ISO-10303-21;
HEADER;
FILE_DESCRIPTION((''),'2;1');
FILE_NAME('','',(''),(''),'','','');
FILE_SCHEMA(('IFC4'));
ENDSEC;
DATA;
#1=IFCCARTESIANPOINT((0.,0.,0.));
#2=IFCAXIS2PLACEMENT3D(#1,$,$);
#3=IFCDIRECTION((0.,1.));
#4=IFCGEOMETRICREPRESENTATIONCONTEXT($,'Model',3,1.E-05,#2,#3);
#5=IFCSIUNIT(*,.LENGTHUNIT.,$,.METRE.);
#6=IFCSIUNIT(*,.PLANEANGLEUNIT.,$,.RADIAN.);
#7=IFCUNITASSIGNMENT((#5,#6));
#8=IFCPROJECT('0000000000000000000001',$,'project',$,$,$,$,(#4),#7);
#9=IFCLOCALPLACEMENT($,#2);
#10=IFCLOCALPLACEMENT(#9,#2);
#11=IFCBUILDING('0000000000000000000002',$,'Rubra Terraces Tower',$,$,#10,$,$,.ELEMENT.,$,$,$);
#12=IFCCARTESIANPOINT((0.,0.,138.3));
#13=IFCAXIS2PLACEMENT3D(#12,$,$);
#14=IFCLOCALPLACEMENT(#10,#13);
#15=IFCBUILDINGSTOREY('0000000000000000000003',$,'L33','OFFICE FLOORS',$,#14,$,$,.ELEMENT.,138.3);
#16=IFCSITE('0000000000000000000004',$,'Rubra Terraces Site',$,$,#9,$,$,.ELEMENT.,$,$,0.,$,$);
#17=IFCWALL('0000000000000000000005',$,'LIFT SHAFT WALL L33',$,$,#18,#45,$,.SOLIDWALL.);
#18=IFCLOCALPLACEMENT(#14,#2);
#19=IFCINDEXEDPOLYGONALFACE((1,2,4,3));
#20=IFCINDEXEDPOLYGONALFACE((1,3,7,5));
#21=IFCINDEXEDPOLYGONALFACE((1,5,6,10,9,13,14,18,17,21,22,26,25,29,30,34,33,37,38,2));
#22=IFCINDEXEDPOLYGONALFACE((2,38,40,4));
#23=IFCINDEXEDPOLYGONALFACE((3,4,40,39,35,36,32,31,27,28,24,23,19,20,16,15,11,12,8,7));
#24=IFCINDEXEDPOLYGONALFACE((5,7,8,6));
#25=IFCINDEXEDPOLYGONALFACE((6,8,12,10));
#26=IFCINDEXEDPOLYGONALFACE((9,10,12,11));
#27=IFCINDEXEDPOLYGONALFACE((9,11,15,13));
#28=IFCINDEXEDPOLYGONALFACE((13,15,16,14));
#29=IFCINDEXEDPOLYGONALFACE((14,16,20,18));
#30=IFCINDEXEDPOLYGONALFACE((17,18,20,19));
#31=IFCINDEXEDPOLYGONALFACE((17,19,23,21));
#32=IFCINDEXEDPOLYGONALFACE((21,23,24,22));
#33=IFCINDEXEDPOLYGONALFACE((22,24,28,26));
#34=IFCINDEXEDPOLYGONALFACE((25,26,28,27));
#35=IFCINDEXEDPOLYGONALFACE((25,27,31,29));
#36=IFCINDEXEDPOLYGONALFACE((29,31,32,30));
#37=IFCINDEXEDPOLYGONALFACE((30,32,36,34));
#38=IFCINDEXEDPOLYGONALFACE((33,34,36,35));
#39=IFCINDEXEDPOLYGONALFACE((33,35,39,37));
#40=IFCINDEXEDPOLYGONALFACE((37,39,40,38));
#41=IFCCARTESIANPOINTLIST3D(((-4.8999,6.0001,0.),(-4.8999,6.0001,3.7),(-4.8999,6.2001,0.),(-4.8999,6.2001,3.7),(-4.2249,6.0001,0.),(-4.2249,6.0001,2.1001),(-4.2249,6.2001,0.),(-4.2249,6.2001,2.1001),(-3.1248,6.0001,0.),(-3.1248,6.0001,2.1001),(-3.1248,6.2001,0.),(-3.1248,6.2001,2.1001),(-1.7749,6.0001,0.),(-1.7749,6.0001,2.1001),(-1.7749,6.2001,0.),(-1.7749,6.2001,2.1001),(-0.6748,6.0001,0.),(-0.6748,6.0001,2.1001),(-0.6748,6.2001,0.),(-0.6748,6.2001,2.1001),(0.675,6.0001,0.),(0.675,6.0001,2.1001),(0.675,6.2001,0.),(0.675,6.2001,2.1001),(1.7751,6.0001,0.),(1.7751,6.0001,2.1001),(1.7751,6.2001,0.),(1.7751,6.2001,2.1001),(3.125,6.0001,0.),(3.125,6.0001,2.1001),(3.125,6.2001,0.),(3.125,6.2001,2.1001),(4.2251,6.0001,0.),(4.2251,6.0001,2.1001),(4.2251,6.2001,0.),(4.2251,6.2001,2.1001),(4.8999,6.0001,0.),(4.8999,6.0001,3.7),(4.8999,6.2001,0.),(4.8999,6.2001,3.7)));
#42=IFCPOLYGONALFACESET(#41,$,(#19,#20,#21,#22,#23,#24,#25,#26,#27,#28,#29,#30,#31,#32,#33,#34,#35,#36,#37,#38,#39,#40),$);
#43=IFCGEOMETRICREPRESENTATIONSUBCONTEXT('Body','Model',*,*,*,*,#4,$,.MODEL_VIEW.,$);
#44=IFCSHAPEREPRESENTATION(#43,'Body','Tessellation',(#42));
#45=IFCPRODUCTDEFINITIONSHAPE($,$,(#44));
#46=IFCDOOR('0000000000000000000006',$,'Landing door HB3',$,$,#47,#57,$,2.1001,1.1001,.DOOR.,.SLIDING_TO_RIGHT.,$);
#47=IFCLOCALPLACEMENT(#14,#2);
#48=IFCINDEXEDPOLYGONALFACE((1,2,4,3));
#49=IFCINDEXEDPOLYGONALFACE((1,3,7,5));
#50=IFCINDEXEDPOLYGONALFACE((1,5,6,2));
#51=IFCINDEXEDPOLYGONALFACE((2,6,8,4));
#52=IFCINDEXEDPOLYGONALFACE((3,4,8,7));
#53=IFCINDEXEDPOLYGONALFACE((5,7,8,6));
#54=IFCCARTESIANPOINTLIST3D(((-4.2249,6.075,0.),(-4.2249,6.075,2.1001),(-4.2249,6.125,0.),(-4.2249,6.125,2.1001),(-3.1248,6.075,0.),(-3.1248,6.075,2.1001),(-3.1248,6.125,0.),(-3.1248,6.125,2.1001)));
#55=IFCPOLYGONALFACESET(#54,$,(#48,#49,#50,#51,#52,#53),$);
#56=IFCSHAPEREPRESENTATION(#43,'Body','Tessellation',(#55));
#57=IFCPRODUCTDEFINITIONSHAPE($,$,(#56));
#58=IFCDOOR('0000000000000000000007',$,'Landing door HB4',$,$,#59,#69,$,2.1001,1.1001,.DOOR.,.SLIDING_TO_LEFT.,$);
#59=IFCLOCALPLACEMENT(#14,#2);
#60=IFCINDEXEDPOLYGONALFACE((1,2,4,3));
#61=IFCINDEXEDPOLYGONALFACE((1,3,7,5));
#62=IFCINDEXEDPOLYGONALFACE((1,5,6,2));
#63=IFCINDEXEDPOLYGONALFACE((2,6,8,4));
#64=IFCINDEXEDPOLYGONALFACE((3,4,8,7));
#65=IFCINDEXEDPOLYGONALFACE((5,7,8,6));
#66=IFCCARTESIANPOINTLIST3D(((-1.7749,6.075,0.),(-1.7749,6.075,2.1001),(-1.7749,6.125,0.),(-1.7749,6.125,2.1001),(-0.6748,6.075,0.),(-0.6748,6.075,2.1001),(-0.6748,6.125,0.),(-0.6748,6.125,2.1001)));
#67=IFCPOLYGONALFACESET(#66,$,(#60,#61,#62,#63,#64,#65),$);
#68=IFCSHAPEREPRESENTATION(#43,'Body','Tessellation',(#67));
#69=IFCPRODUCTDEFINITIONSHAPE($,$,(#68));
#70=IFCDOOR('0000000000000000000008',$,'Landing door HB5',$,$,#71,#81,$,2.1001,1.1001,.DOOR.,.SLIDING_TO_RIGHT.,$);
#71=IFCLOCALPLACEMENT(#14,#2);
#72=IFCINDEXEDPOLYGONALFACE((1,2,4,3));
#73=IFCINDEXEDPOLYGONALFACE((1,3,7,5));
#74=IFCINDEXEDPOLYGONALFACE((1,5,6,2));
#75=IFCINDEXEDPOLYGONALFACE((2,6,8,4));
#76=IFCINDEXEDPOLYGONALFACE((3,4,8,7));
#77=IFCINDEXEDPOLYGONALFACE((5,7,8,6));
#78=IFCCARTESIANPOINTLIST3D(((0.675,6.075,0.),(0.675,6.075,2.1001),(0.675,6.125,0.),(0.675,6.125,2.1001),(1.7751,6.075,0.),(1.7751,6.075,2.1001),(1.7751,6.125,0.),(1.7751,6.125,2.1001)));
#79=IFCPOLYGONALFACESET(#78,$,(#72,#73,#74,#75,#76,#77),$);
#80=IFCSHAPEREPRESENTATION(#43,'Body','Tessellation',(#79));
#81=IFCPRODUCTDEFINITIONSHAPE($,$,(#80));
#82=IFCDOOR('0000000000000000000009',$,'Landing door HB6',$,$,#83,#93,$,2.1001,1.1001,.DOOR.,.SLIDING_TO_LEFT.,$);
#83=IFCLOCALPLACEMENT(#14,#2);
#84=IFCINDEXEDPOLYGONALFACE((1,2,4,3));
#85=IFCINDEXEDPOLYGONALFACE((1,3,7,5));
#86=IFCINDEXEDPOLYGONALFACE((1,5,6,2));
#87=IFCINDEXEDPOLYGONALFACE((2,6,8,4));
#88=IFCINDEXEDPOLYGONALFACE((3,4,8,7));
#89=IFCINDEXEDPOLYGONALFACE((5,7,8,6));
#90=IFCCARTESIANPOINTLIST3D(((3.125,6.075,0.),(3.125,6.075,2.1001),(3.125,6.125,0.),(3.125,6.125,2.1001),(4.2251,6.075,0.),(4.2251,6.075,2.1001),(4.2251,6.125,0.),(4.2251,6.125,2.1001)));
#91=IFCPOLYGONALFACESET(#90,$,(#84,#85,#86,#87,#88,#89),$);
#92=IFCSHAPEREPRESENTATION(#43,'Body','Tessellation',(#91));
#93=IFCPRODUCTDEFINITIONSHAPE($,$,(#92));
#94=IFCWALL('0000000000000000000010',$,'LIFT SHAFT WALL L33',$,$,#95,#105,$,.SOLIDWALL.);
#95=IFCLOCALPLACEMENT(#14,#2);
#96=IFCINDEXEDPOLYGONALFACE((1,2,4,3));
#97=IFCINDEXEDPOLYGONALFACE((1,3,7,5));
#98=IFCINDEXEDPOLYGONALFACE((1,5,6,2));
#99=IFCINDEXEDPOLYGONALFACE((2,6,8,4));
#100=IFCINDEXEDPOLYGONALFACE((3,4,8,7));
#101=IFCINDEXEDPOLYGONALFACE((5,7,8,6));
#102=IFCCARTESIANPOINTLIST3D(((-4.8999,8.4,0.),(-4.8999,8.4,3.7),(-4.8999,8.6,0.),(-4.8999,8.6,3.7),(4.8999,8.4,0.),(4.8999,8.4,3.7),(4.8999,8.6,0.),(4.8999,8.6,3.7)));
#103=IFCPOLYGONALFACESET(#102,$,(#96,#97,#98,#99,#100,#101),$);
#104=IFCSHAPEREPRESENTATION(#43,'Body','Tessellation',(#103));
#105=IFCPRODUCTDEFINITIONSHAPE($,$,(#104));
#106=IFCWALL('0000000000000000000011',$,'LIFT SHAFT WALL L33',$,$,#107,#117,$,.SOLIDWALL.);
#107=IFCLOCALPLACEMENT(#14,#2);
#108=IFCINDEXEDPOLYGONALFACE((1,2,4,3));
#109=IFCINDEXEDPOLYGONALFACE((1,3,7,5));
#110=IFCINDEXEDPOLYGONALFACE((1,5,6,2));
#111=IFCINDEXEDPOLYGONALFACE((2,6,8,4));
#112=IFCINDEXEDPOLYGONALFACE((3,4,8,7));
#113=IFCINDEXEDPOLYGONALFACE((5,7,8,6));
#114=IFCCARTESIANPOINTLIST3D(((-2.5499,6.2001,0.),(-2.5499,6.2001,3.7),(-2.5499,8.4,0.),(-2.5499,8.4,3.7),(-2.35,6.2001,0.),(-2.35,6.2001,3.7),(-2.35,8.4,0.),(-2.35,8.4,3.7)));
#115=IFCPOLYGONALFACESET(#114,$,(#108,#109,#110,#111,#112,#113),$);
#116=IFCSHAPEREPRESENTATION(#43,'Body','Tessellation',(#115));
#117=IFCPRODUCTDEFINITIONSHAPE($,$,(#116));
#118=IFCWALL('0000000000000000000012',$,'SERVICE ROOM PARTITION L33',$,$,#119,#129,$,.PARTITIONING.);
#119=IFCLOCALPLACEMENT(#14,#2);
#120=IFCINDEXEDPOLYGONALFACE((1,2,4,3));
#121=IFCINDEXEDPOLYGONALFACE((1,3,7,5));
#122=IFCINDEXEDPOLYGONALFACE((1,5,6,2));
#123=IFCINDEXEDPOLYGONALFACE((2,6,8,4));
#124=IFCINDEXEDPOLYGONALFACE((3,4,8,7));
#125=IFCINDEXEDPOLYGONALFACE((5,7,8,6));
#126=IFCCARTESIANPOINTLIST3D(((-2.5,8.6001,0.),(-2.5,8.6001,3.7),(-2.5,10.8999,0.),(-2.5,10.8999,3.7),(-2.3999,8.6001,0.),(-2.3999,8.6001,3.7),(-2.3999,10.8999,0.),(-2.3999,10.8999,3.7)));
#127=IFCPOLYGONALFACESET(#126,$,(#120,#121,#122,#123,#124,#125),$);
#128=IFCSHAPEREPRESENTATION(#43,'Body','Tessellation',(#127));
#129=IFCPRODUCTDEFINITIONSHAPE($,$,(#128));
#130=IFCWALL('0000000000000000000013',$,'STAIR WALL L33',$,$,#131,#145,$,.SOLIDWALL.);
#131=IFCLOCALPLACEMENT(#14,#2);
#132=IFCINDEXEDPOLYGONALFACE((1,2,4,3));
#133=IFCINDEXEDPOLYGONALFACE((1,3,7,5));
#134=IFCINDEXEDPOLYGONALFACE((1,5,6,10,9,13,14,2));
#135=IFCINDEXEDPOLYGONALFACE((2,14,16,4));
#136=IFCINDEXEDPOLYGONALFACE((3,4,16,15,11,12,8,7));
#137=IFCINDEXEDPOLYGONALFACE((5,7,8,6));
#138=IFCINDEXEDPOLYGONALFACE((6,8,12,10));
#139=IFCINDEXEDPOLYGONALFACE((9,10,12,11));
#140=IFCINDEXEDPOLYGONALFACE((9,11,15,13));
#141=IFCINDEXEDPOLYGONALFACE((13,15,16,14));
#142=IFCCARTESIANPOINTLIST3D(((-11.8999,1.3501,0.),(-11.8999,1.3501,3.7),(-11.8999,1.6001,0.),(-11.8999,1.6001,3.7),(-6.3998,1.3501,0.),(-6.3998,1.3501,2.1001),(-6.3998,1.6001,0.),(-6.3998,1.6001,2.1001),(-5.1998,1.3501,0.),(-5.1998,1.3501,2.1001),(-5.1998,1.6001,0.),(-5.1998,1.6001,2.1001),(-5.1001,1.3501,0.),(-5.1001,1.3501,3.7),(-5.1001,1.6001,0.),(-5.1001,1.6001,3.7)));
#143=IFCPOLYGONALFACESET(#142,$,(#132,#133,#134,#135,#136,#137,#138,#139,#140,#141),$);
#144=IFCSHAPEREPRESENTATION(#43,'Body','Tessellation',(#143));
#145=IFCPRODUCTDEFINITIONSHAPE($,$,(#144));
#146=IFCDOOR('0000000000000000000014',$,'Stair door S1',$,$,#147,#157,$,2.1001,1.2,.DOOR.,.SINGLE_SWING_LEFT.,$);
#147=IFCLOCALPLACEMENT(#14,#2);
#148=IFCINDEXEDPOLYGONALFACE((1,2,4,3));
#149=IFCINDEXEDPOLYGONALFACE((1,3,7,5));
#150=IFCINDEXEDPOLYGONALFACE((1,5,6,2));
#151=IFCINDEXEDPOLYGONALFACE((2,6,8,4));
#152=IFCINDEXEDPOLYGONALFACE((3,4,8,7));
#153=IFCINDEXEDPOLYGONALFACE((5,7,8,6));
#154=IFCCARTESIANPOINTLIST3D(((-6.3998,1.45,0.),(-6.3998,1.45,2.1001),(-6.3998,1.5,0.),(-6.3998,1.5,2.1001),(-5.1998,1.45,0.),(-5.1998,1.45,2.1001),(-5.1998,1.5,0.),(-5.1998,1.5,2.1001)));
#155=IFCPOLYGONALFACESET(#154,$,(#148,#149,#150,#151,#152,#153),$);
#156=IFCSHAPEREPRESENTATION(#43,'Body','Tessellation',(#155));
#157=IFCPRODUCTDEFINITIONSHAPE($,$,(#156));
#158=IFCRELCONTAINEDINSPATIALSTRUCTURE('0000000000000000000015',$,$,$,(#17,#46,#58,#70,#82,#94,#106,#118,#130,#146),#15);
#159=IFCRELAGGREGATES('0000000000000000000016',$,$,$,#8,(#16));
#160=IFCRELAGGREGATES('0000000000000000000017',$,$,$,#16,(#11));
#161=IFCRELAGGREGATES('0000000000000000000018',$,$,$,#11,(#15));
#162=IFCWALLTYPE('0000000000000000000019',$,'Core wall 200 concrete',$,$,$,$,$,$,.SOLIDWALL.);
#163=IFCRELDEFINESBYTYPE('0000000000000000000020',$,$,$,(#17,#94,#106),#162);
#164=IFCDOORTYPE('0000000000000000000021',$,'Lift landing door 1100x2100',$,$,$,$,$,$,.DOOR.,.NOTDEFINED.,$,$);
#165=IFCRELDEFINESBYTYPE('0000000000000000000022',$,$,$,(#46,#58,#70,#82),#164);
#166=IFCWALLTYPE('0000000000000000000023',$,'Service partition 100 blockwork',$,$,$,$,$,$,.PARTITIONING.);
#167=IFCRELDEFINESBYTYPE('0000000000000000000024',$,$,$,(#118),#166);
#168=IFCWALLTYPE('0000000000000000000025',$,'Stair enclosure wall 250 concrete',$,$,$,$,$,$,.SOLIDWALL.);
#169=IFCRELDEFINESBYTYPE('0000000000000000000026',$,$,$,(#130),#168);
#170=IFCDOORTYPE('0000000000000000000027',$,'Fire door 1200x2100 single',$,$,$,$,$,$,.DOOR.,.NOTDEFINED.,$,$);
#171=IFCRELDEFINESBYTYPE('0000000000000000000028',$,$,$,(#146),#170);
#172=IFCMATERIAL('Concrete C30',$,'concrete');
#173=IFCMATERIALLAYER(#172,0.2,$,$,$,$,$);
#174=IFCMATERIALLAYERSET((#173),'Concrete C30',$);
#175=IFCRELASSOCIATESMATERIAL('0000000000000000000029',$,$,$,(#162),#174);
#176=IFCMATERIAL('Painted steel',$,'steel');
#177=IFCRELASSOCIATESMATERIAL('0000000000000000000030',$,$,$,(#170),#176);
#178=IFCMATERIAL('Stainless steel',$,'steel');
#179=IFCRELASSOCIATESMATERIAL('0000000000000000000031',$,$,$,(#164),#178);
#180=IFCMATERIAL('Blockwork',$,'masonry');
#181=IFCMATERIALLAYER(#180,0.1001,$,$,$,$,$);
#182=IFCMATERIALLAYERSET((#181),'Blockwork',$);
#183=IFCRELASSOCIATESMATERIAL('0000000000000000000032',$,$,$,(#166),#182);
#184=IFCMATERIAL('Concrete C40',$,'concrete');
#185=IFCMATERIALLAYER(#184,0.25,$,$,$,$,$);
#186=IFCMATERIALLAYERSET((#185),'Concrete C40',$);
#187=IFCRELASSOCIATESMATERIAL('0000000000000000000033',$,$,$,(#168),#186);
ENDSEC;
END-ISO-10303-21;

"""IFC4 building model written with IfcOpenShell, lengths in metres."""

from ifc_helpers import new_model, si_unit, direction, frame, frame_2d, origin, place, context, subcontext, project, spatial, rectangle, extrude, material, layer, layer_set, type_object, element, fill, save


model = new_model("IFC4")

# Units and contexts
model_context = context("Model", 3, precision=1e-05, world=origin(), true_north=direction((0.0, 1.0)))
body_context = subcontext(model_context, "Body", "Model", "MODEL_VIEW")
ifc_project = project(units=[si_unit("LENGTHUNIT", "METRE"), si_unit("PLANEANGLEUNIT", "RADIAN")], contexts=[model_context])

# Site, building, storey
site_placement = place(None, origin())
site = spatial("IfcSite", under=ifc_project, at=site_placement, Name="Rubra Terraces Site", CompositionType="ELEMENT", RefElevation=0.0)
building_placement = place(site_placement, origin())
building = spatial("IfcBuilding", under=site, at=building_placement, Name="Rubra Terraces Tower", CompositionType="ELEMENT")
storey_placement = place(building_placement, frame((0.0, 0.0, 138.3)))
storey = spatial("IfcBuildingStorey", under=building, at=storey_placement, Name="L33", Description="OFFICE FLOORS", CompositionType="ELEMENT", Elevation=138.3)

# Shared definitions
ifc_material_1 = material(Name="Concrete C40", Category="concrete")

# Shared definitions
ifc_material_2 = material(Name="Concrete C30", Category="concrete")
ifc_layer_1 = layer(ifc_material_2, 0.2)
ifc_layer_set_1 = layer_set([ifc_layer_1], Name="Concrete C30")
wall_type_1 = type_object("IfcWallType", Name="Core wall 200 concrete", PredefinedType="SOLIDWALL", material=ifc_layer_set_1)
ifc_material_3 = material(Name="Painted steel", Category="steel")
door_type_1 = type_object("IfcDoorType", Name="Fire door 1200x2100 single", OperationType="NOTDEFINED", PredefinedType="DOOR", material=ifc_material_3)
ifc_material_4 = material(Name="Stainless steel", Category="steel")

# Wall, openings, doors
door_type_2 = type_object("IfcDoorType", Name="Lift landing door 1100x2100", OperationType="NOTDEFINED", PredefinedType="DOOR", material=ifc_material_4)
wall_1_placement = place(storey_placement, frame((-4.8999, 6.1001, 0.0), z_axis=(0.0, 0.0, 1.0), x_axis=(1.0, 0.0, 0.0)))
wall_1 = element("IfcWall", 1, at=wall_1_placement, inside=storey, type_object=wall_type_1, Name="LIFT SHAFT WALL L33", PredefinedType="SOLIDWALL", context=body_context, shape_type="SweptSolid", body=[
    extrude(rectangle(XDim=9.7998, YDim=0.2, at=frame_2d((4.8999, 0.0))), origin(), (0.0, 0.0, 1.0), 3.7),
])
opening_1_placement = place(wall_1_placement, frame((0.675, 0.0, 0.0)))
opening_1 = element("IfcOpeningElement", 2, at=opening_1_placement, cuts=wall_1, PredefinedType="OPENING", context=body_context, shape_type="SweptSolid", body=[
    extrude(rectangle(XDim=1.1001, YDim=2.1001, at=frame_2d((0.55, 1.05))), frame((0.0, 0.1099, 0.0), z_axis=(0.0, -1.0, 0.0), x_axis=(1.0, 0.0, 0.0)), (0.0, 0.0, 1.0), 0.22),
])
opening_2_placement = place(wall_1_placement, frame((3.125, 0.0, 0.0)))
opening_2 = element("IfcOpeningElement", 3, at=opening_2_placement, cuts=wall_1, PredefinedType="OPENING", context=body_context, shape_type="SweptSolid", body=[
    extrude(rectangle(XDim=1.1001, YDim=2.1001, at=frame_2d((0.55, 1.05))), frame((0.0, 0.1099, 0.0), z_axis=(0.0, -1.0, 0.0), x_axis=(1.0, 0.0, 0.0)), (0.0, 0.0, 1.0), 0.22),
])
opening_3_placement = place(wall_1_placement, frame((5.575, 0.0, 0.0)))
opening_3 = element("IfcOpeningElement", 4, at=opening_3_placement, cuts=wall_1, PredefinedType="OPENING", context=body_context, shape_type="SweptSolid", body=[
    extrude(rectangle(XDim=1.1001, YDim=2.1001, at=frame_2d((0.55, 1.05))), frame((0.0, 0.1099, 0.0), z_axis=(0.0, -1.0, 0.0), x_axis=(1.0, 0.0, 0.0)), (0.0, 0.0, 1.0), 0.22),
])
opening_4_placement = place(wall_1_placement, frame((8.0249, 0.0, 0.0)))
opening_4 = element("IfcOpeningElement", 5, at=opening_4_placement, cuts=wall_1, PredefinedType="OPENING", context=body_context, shape_type="SweptSolid", body=[
    extrude(rectangle(XDim=1.1001, YDim=2.1001, at=frame_2d((0.55, 1.05))), frame((0.0, 0.1099, 0.0), z_axis=(0.0, -1.0, 0.0), x_axis=(1.0, 0.0, 0.0)), (0.0, 0.0, 1.0), 0.22),
])
door_1_placement = place(opening_1_placement, origin())
door_1 = element("IfcDoor", 6, at=door_1_placement, inside=storey, type_object=door_type_2, Name="Landing door HB3", OperationType="SLIDING_TO_RIGHT", OverallHeight=2.1001, OverallWidth=1.1001, PredefinedType="DOOR", context=body_context, shape_type="SweptSolid", body=[
    extrude(rectangle(XDim=1.1001, YDim=2.1001, at=frame_2d((0.55, 1.05))), frame((0.0, 0.0249, 0.0), z_axis=(0.0, -1.0, 0.0), x_axis=(1.0, 0.0, 0.0)), (0.0, 0.0, 1.0), 0.05),
])
fill(opening_1, door_1)
door_2_placement = place(opening_2_placement, origin())
door_2 = element("IfcDoor", 7, at=door_2_placement, inside=storey, type_object=door_type_2, Name="Landing door HB4", OperationType="SLIDING_TO_LEFT", OverallHeight=2.1001, OverallWidth=1.1001, PredefinedType="DOOR", context=body_context, shape_type="SweptSolid", body=[
    extrude(rectangle(XDim=1.1001, YDim=2.1001, at=frame_2d((0.55, 1.05))), frame((0.0, 0.0249, 0.0), z_axis=(0.0, -1.0, 0.0), x_axis=(1.0, 0.0, 0.0)), (0.0, 0.0, 1.0), 0.05),
])
fill(opening_2, door_2)
door_3_placement = place(opening_3_placement, origin())
door_3 = element("IfcDoor", 8, at=door_3_placement, inside=storey, type_object=door_type_2, Name="Landing door HB5", OperationType="SLIDING_TO_RIGHT", OverallHeight=2.1001, OverallWidth=1.1001, PredefinedType="DOOR", context=body_context, shape_type="SweptSolid", body=[
    extrude(rectangle(XDim=1.1001, YDim=2.1001, at=frame_2d((0.55, 1.05))), frame((0.0, 0.0249, 0.0), z_axis=(0.0, -1.0, 0.0), x_axis=(1.0, 0.0, 0.0)), (0.0, 0.0, 1.0), 0.05),
])
fill(opening_3, door_3)
door_4_placement = place(opening_4_placement, origin())
door_4 = element("IfcDoor", 9, at=door_4_placement, inside=storey, type_object=door_type_2, Name="Landing door HB6", OperationType="SLIDING_TO_LEFT", OverallHeight=2.1001, OverallWidth=1.1001, PredefinedType="DOOR", context=body_context, shape_type="SweptSolid", body=[
    extrude(rectangle(XDim=1.1001, YDim=2.1001, at=frame_2d((0.55, 1.05))), frame((0.0, 0.0249, 0.0), z_axis=(0.0, -1.0, 0.0), x_axis=(1.0, 0.0, 0.0)), (0.0, 0.0, 1.0), 0.05),
])
fill(opening_4, door_4)

# Walls
wall_2_placement = place(storey_placement, frame((-4.8999, 8.5, 0.0), z_axis=(0.0, 0.0, 1.0), x_axis=(1.0, 0.0, 0.0)))
element("IfcWall", 10, at=wall_2_placement, inside=storey, type_object=wall_type_1, Name="LIFT SHAFT WALL L33", PredefinedType="SOLIDWALL", context=body_context, shape_type="SweptSolid", body=[
    extrude(rectangle(XDim=9.7998, YDim=0.2, at=frame_2d((4.8999, 0.0))), origin(), (0.0, 0.0, 1.0), 3.7),
])
wall_3_placement = place(storey_placement, frame((-2.45, 6.2, 0.0), z_axis=(0.0, 0.0, 1.0), x_axis=(0.0, 1.0, 0.0)))
element("IfcWall", 11, at=wall_3_placement, inside=storey, type_object=wall_type_1, Name="LIFT SHAFT WALL L33", PredefinedType="SOLIDWALL", context=body_context, shape_type="SweptSolid", body=[
    extrude(rectangle(XDim=2.2, YDim=0.2, at=frame_2d((1.1001, 0.0))), origin(), (0.0, 0.0, 1.0), 3.7),
])
ifc_material_5 = material(Name="Blockwork", Category="masonry")
ifc_layer_2 = layer(ifc_material_5, 0.1001)
ifc_layer_set_2 = layer_set([ifc_layer_2], Name="Blockwork")
wall_type_2 = type_object("IfcWallType", Name="Service partition 100 blockwork", PredefinedType="PARTITIONING", material=ifc_layer_set_2)
wall_4_placement = place(storey_placement, frame((-2.45, 8.6001, 0.0), z_axis=(0.0, 0.0, 1.0), x_axis=(0.0, 1.0, 0.0)))
element("IfcWall", 12, at=wall_4_placement, inside=storey, type_object=wall_type_2, Name="SERVICE ROOM PARTITION L33", PredefinedType="PARTITIONING", context=body_context, shape_type="SweptSolid", body=[
    extrude(rectangle(XDim=2.2998, YDim=0.1001, at=frame_2d((1.1499, 0.0))), origin(), (0.0, 0.0, 1.0), 3.7),
])

# Wall, opening, door
ifc_layer_3 = layer(ifc_material_1, 0.25)
ifc_layer_set_3 = layer_set([ifc_layer_3], Name="Concrete C40")
wall_type_3 = type_object("IfcWallType", Name="Stair enclosure wall 250 concrete", PredefinedType="SOLIDWALL", material=ifc_layer_set_3)
wall_5_placement = place(storey_placement, frame((-11.8999, 1.4751, 0.0), z_axis=(0.0, 0.0, 1.0), x_axis=(1.0, 0.0, 0.0)))
wall_5 = element("IfcWall", 13, at=wall_5_placement, inside=storey, type_object=wall_type_3, Name="STAIR WALL L33", PredefinedType="SOLIDWALL", context=body_context, shape_type="SweptSolid", body=[
    extrude(rectangle(XDim=6.7998, YDim=0.25, at=frame_2d((3.3999, 0.0))), origin(), (0.0, 0.0, 1.0), 3.7),
])
opening_5_placement = place(wall_5_placement, frame((5.5, 0.0, 0.0)))
opening_5 = element("IfcOpeningElement", 14, at=opening_5_placement, cuts=wall_5, PredefinedType="OPENING", context=body_context, shape_type="SweptSolid", body=[
    extrude(rectangle(XDim=1.2, YDim=2.1001, at=frame_2d((0.6001, 1.05))), frame((0.0, 0.135, 0.0), z_axis=(0.0, -1.0, 0.0), x_axis=(1.0, 0.0, 0.0)), (0.0, 0.0, 1.0), 0.27),
])
door_5_placement = place(opening_5_placement, origin())
door_5 = element("IfcDoor", 15, at=door_5_placement, inside=storey, type_object=door_type_1, Name="Stair door S1", OperationType="SINGLE_SWING_LEFT", OverallHeight=2.1001, OverallWidth=1.2, PredefinedType="DOOR", context=body_context, shape_type="SweptSolid", body=[
    extrude(rectangle(XDim=1.2, YDim=2.1001, at=frame_2d((0.6001, 1.05))), frame((0.0, 0.0249, 0.0), z_axis=(0.0, -1.0, 0.0), x_axis=(1.0, 0.0, 0.0)), (0.0, 0.0, 1.0), 0.05),
])
fill(opening_5, door_5)

save(model, "model.ifc")
